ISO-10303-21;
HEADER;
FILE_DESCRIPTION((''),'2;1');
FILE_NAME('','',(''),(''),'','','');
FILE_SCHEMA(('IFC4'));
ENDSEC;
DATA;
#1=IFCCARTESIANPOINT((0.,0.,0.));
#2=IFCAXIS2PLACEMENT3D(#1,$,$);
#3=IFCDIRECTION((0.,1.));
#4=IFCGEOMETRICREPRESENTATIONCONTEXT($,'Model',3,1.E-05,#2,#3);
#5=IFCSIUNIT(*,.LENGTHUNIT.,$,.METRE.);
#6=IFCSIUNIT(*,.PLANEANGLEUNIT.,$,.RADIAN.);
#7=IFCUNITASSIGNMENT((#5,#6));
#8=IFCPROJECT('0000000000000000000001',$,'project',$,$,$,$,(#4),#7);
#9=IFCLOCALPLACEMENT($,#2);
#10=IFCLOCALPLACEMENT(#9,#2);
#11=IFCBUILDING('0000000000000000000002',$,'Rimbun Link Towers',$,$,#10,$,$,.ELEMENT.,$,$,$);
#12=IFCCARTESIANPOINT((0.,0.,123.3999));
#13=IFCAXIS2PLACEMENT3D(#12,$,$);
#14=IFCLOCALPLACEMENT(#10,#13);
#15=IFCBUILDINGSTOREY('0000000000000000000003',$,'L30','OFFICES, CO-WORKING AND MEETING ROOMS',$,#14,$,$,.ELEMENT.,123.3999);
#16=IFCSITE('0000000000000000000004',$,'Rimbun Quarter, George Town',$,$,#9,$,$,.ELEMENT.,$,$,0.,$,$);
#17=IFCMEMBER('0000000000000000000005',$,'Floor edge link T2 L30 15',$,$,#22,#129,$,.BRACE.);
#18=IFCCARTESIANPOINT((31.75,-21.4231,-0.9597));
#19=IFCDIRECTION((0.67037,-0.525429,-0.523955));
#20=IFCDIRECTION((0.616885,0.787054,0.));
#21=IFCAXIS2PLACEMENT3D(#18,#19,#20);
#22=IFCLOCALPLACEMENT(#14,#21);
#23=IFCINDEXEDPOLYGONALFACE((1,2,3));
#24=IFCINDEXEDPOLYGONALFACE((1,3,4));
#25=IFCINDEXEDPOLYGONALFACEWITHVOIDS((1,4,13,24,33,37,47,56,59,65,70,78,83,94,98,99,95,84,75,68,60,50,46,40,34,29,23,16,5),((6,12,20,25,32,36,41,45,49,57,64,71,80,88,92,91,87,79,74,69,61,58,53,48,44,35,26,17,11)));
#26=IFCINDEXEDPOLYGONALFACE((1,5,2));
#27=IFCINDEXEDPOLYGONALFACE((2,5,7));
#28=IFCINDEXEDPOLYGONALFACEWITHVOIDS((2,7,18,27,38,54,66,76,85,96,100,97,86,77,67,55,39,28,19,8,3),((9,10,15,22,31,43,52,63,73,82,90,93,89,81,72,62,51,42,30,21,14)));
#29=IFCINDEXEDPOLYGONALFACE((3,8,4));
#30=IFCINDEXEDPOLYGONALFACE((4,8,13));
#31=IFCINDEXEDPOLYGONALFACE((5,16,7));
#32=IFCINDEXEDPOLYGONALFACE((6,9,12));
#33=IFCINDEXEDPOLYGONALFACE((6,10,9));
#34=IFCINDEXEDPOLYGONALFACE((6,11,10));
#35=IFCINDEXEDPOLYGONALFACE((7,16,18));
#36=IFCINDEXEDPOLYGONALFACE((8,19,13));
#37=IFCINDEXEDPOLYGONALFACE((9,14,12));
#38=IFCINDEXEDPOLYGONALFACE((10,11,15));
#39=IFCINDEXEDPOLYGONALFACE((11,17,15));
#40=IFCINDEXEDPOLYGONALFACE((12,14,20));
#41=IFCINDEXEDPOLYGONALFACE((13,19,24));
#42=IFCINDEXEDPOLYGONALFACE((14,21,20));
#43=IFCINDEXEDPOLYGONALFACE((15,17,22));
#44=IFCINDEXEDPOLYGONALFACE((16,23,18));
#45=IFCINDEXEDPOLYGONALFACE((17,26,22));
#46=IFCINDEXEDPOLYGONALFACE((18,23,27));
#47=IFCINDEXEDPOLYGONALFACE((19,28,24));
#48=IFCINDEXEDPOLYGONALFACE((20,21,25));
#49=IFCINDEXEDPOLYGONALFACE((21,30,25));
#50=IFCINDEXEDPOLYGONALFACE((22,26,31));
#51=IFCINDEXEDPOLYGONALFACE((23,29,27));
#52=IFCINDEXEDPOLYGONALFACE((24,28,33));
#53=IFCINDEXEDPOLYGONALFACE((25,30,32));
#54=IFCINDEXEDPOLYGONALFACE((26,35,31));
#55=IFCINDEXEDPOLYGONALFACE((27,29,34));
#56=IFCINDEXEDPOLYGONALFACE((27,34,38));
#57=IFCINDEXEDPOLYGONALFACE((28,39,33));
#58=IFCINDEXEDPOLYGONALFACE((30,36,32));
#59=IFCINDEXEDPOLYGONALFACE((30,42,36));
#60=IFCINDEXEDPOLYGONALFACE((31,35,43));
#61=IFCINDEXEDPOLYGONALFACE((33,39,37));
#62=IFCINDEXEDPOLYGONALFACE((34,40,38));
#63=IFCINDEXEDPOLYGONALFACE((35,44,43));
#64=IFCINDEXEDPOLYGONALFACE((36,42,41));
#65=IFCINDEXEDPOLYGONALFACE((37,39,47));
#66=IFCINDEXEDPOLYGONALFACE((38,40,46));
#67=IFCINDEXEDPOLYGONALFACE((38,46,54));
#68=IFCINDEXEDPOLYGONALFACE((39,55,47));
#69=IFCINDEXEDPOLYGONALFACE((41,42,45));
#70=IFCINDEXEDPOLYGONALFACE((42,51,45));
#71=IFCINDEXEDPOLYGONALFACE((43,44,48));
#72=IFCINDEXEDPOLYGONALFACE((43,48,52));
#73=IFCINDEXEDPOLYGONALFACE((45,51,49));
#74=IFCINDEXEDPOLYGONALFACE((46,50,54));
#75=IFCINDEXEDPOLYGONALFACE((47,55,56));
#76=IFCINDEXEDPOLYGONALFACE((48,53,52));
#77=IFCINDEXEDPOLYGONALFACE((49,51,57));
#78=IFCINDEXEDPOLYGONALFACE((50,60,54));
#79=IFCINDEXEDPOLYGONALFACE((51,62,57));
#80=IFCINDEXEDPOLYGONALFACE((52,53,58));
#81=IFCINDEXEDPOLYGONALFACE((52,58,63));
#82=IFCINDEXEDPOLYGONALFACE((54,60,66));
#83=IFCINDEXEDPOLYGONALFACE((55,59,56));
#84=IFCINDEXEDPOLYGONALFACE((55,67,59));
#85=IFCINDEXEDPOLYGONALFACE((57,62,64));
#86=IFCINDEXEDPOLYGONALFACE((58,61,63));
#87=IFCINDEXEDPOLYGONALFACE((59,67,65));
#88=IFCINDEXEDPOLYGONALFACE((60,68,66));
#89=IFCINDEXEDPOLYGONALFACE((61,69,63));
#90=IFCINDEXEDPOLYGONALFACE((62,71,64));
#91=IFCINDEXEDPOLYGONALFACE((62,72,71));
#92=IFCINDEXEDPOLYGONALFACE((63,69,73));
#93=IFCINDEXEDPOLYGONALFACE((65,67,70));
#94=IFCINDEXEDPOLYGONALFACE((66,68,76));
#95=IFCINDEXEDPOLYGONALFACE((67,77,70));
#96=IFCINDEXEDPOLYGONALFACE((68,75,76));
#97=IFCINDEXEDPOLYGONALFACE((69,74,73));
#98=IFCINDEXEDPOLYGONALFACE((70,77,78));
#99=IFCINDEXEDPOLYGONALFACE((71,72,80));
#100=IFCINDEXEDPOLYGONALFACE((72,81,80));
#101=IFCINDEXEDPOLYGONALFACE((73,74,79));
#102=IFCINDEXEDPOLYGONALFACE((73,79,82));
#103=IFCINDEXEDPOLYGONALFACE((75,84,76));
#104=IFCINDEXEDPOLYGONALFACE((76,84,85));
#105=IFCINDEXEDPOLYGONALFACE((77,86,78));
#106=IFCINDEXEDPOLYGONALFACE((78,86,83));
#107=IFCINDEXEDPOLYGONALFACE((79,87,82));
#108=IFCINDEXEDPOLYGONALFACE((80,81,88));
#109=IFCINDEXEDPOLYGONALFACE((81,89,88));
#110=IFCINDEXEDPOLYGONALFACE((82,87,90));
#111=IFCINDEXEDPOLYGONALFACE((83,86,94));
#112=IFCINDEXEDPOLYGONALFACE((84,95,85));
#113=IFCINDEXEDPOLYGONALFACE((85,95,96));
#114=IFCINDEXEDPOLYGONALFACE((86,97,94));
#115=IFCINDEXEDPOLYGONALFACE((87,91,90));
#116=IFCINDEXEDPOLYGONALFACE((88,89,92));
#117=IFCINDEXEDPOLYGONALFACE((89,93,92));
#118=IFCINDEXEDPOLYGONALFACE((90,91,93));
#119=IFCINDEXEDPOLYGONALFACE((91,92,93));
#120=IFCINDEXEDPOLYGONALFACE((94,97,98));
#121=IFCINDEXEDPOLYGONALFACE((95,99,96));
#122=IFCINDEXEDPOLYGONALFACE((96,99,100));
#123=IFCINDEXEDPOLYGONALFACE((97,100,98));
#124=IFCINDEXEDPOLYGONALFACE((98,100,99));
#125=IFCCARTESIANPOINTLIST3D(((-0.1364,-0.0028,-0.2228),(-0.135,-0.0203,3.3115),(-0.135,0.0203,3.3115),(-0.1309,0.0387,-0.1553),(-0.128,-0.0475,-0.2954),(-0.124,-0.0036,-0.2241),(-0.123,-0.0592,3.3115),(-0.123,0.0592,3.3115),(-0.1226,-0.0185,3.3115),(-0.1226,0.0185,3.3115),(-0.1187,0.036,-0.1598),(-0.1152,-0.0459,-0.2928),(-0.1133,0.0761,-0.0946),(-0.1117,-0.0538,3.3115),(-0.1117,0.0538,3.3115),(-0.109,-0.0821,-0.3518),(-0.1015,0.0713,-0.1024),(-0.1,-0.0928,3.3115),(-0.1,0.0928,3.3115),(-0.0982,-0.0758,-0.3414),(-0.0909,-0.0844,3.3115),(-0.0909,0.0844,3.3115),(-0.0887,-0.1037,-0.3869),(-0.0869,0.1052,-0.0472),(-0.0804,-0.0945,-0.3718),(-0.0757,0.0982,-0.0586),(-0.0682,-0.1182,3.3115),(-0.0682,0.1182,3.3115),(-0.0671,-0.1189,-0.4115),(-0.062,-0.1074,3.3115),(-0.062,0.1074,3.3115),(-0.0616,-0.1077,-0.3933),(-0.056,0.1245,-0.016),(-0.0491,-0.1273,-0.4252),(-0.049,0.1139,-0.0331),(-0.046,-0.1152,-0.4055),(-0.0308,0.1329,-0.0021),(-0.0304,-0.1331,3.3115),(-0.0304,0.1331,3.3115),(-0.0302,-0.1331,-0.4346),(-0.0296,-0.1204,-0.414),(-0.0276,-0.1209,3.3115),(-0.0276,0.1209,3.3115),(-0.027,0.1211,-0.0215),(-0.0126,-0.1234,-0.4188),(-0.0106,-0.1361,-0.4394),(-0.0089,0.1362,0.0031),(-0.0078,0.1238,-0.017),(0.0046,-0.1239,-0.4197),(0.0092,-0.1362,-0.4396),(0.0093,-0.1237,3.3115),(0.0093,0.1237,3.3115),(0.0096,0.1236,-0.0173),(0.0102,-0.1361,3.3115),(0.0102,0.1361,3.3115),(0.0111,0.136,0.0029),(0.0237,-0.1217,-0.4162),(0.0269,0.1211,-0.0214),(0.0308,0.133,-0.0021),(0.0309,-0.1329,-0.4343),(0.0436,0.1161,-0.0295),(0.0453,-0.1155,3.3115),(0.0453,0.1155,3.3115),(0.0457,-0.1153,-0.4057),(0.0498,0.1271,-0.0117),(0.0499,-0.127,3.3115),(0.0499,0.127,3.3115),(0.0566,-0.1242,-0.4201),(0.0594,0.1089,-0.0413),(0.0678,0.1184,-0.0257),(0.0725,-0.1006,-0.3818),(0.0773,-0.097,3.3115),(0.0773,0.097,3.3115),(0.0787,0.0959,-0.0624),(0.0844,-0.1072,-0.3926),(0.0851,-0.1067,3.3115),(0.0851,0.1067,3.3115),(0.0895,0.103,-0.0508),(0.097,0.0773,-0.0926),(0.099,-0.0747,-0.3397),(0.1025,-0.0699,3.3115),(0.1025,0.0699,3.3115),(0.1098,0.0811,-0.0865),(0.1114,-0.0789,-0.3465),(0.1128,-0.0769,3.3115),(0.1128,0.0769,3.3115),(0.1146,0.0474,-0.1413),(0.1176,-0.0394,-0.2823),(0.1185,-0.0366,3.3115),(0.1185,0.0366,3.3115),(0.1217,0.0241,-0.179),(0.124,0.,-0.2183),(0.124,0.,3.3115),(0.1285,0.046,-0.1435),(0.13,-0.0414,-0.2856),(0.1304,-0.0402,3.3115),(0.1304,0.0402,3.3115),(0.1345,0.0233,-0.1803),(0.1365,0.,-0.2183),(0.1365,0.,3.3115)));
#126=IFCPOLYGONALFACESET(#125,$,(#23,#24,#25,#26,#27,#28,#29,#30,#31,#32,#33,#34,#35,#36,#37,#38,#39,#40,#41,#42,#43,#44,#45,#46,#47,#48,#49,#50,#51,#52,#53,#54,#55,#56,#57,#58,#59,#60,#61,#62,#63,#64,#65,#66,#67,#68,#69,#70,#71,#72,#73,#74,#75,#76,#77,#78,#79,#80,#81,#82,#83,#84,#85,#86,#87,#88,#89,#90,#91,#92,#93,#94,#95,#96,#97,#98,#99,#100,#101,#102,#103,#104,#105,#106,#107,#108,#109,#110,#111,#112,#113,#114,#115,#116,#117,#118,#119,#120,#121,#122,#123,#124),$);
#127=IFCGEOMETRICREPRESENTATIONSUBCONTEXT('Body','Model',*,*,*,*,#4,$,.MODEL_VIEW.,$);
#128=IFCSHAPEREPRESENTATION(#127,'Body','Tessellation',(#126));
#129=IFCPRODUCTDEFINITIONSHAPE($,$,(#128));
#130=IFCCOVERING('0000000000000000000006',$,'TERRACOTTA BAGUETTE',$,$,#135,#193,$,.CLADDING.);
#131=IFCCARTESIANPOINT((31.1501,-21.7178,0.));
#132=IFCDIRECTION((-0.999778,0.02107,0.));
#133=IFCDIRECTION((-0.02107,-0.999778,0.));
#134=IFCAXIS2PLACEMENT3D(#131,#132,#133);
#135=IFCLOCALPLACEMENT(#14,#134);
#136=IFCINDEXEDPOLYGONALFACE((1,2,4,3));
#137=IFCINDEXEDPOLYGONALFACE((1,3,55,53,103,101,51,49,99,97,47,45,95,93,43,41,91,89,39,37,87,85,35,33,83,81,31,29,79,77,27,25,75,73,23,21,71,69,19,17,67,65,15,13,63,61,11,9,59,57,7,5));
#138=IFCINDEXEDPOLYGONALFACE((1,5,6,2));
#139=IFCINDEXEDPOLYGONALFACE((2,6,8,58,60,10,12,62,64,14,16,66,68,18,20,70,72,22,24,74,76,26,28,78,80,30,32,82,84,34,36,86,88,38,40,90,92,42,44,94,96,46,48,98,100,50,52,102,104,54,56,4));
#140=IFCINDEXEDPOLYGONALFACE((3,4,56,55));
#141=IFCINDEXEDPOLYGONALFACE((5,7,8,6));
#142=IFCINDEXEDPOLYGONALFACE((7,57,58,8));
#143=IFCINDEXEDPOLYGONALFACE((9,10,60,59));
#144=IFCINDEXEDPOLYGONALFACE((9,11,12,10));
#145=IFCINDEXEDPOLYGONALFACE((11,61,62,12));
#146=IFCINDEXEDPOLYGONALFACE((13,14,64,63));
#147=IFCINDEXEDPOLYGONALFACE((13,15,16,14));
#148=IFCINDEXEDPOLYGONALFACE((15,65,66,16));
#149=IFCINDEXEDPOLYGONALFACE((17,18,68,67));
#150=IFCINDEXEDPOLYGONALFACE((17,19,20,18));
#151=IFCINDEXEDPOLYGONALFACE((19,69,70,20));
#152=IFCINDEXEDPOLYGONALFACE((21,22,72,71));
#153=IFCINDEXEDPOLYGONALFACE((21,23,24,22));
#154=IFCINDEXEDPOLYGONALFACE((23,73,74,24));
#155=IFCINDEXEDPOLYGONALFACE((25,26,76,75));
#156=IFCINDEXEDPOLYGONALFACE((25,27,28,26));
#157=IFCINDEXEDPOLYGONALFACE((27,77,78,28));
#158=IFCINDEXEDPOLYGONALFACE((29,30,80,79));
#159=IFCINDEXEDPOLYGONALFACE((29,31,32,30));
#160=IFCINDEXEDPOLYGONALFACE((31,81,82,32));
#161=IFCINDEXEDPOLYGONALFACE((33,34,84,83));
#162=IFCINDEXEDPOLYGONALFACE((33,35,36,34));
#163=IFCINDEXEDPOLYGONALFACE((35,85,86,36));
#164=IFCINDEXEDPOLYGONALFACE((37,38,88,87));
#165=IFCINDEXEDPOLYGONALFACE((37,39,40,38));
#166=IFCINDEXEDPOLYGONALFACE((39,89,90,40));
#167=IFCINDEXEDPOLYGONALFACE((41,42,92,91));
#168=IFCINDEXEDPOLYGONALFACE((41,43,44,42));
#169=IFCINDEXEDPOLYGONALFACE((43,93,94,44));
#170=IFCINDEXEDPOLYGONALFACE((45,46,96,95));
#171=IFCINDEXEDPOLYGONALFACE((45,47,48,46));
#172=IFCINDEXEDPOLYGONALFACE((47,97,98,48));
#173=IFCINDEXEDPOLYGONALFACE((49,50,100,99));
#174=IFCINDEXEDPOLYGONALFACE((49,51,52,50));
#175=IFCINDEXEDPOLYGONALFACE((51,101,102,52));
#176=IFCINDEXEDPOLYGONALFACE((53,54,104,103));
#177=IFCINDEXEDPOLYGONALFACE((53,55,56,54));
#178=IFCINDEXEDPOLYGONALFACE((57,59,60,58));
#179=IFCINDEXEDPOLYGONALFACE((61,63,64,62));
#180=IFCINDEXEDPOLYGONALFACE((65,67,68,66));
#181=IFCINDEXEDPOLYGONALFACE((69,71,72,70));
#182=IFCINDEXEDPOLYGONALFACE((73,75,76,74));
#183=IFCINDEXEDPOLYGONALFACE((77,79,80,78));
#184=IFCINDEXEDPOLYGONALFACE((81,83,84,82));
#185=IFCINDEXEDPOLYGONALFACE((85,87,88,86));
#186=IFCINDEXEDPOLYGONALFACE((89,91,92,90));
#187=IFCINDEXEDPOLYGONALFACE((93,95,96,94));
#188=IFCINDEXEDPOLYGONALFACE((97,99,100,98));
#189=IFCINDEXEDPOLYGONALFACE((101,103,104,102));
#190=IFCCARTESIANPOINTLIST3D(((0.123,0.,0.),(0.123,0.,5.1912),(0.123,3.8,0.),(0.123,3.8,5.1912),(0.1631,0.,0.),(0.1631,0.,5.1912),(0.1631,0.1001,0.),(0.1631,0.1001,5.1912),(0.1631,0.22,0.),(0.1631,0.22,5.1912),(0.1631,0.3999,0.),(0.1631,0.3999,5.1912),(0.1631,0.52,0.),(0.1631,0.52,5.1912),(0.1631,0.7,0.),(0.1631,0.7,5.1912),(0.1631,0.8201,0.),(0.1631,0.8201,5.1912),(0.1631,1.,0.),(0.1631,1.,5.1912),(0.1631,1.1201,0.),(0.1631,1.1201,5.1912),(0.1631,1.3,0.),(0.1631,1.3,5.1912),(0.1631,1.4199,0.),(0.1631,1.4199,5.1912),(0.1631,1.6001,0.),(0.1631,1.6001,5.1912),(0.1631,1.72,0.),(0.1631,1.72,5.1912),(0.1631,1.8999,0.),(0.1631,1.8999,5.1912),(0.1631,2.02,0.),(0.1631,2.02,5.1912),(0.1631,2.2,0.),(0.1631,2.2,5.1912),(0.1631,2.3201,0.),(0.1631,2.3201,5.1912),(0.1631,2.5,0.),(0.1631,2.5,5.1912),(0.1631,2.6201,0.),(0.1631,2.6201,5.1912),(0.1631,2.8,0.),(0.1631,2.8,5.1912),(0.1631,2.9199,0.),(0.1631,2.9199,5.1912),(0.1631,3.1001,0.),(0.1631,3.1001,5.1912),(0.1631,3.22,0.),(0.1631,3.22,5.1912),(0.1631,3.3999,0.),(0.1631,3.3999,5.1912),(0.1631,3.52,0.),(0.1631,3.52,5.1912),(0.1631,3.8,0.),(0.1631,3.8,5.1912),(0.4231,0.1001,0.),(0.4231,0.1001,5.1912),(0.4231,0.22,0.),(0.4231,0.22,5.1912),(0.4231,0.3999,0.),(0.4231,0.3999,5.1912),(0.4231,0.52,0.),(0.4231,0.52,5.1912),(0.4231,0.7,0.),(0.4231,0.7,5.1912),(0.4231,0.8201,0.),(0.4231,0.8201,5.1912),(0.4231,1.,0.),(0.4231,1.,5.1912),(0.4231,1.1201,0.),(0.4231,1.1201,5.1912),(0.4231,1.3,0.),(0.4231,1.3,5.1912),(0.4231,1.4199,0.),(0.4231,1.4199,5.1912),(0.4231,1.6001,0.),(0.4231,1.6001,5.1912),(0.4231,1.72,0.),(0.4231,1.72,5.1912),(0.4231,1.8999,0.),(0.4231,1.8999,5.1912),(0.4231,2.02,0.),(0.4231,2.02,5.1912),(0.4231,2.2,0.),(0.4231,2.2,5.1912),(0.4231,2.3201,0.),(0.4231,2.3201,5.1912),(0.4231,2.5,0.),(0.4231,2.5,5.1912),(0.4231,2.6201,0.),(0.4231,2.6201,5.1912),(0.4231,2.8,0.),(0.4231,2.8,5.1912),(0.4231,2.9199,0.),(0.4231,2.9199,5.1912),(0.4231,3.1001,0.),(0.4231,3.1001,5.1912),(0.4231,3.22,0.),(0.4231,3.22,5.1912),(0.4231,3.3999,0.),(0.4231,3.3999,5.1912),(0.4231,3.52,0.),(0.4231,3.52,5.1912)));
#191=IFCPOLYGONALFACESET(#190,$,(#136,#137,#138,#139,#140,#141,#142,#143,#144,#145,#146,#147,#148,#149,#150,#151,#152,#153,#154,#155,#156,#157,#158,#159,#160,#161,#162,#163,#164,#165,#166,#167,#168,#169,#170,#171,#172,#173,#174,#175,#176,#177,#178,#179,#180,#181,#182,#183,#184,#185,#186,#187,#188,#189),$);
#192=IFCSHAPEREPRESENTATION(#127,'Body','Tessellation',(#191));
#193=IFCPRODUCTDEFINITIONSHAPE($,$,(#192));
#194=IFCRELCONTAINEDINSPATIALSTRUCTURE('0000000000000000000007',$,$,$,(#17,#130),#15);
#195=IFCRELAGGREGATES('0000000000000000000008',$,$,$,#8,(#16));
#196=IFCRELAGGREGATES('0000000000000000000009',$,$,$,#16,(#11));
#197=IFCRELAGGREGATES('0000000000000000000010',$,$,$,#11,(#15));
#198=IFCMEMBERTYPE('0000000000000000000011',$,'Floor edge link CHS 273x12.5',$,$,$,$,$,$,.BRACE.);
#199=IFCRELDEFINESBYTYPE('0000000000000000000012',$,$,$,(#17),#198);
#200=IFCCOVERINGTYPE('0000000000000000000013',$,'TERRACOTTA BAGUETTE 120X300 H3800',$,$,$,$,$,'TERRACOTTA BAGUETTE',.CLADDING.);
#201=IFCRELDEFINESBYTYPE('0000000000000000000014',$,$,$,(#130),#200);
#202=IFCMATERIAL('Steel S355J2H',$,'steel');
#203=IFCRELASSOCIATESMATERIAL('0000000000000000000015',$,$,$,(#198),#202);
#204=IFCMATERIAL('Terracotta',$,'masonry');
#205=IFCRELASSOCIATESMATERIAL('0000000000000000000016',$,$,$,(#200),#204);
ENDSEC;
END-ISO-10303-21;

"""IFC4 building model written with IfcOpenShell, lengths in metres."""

from ifc_helpers import new_model, si_unit, direction, frame, origin, origin_2d, place, context, subcontext, project, spatial, polyline, hollow_circle, outline, extrude, clip, halfspace, material, material_profile, profile_set, type_object, element, save


model = new_model("IFC4")

# Units and contexts
model_context = context("Model", 3, precision=1e-05, world=origin(), true_north=direction((0.0, 1.0)))
body_context = subcontext(model_context, "Body", "Model", "MODEL_VIEW")
ifc_project = project(units=[si_unit("LENGTHUNIT", "METRE"), si_unit("PLANEANGLEUNIT", "RADIAN")], contexts=[model_context])

# Site, building, storey
site_placement = place(None, origin())
site = spatial("IfcSite", under=ifc_project, at=site_placement, Name="Rimbun Quarter, George Town", CompositionType="ELEMENT", RefElevation=0.0)
building_placement = place(site_placement, origin())
building = spatial("IfcBuilding", under=site, at=building_placement, Name="Rimbun Link Towers", CompositionType="ELEMENT")
storey_placement = place(building_placement, frame((0.0, 0.0, 123.3999)))
storey = spatial("IfcBuildingStorey", under=building, at=storey_placement, Name="L30", Description="OFFICES, CO-WORKING AND MEETING ROOMS", CompositionType="ELEMENT", Elevation=123.3999)

# Member
ifc_material_1 = material(Name="Steel S355J2H", Category="steel")
ifc_material_profile_1 = material_profile(ifc_material_1, hollow_circle(Radius=0.1365, WallThickness=0.0125, at=origin_2d()), Name="CHS 273x12.5")
ifc_profile_set_1 = profile_set([ifc_material_profile_1], Name="Steel S355J2H")
member_type_1 = type_object("IfcMemberType", Name="Floor edge link CHS 273x12.5", PredefinedType="BRACE", material=ifc_profile_set_1)
member_1_placement = place(storey_placement, frame((31.75, -21.4231, -0.9597), z_axis=(0.67037, -0.525429, -0.523955), x_axis=(0.616885, 0.787054, 0.0)))
element("IfcMember", 1, at=member_1_placement, inside=storey, type_object=member_type_1, Name="Floor edge link T2 L30 15", PredefinedType="BRACE", context=body_context, shape_type="Clipping", body=[
    clip(extrude(hollow_circle(Radius=0.1365, WallThickness=0.0125, at=origin_2d()), frame((0.0, 0.0, -0.4629)), (0.0, 0.0, 1.0), 3.7744), halfspace(frame((0.0, 0.0, -0.2183), z_axis=(0.0, 0.851746, -0.523955)), False)),
])

# Covering
ifc_material_2 = material(Name="Terracotta", Category="masonry")
ifc_material_profile_2 = material_profile(ifc_material_2, outline(polyline([(0.123, 0.0), (0.1631, 0.0), (0.1631, 0.1001), (0.4231, 0.1001), (0.4231, 0.22), (0.1631, 0.22), (0.1631, 0.3999), (0.4231, 0.3999), (0.4231, 0.52), (0.1631, 0.52), (0.1631, 0.7), (0.4231, 0.7), (0.4231, 0.8201), (0.1631, 0.8201), (0.1631, 1.0), (0.4231, 1.0), (0.4231, 1.1201), (0.1631, 1.1201), (0.1631, 1.3), (0.4231, 1.3), (0.4231, 1.4199), (0.1631, 1.4199), (0.1631, 1.6001), (0.4231, 1.6001), (0.4231, 1.72), (0.1631, 1.72), (0.1631, 1.8999), (0.4231, 1.8999), (0.4231, 2.02), (0.1631, 2.02), (0.1631, 2.2), (0.4231, 2.2), (0.4231, 2.3201), (0.1631, 2.3201), (0.1631, 2.5), (0.4231, 2.5), (0.4231, 2.6201), (0.1631, 2.6201), (0.1631, 2.8), (0.4231, 2.8), (0.4231, 2.9199), (0.1631, 2.9199), (0.1631, 3.1001), (0.4231, 3.1001), (0.4231, 3.22), (0.1631, 3.22), (0.1631, 3.3999), (0.4231, 3.3999), (0.4231, 3.52), (0.1631, 3.52), (0.1631, 3.8), (0.123, 3.8), (0.123, 0.0)])), Name="BAGUETTE 120X300")
ifc_profile_set_2 = profile_set([ifc_material_profile_2], Name="Terracotta")
covering_type = type_object("IfcCoveringType", Name="TERRACOTTA BAGUETTE 120X300 H3800", ElementType="TERRACOTTA BAGUETTE", PredefinedType="CLADDING", material=ifc_profile_set_2)
covering_1_placement = place(storey_placement, frame((31.1501, -21.7178, 0.0), z_axis=(-0.999778, 0.02107, 0.0), x_axis=(-0.02107, -0.999778, 0.0)))
element("IfcCovering", 2, at=covering_1_placement, inside=storey, type_object=covering_type, Name="TERRACOTTA BAGUETTE", PredefinedType="CLADDING", context=body_context, shape_type="SweptSolid", body=[
    extrude(outline(polyline([(0.123, 0.0), (0.1631, 0.0), (0.1631, 0.1001), (0.4231, 0.1001), (0.4231, 0.22), (0.1631, 0.22), (0.1631, 0.3999), (0.4231, 0.3999), (0.4231, 0.52), (0.1631, 0.52), (0.1631, 0.7), (0.4231, 0.7), (0.4231, 0.8201), (0.1631, 0.8201), (0.1631, 1.0), (0.4231, 1.0), (0.4231, 1.1201), (0.1631, 1.1201), (0.1631, 1.3), (0.4231, 1.3), (0.4231, 1.4199), (0.1631, 1.4199), (0.1631, 1.6001), (0.4231, 1.6001), (0.4231, 1.72), (0.1631, 1.72), (0.1631, 1.8999), (0.4231, 1.8999), (0.4231, 2.02), (0.1631, 2.02), (0.1631, 2.2), (0.4231, 2.2), (0.4231, 2.3201), (0.1631, 2.3201), (0.1631, 2.5), (0.4231, 2.5), (0.4231, 2.6201), (0.1631, 2.6201), (0.1631, 2.8), (0.4231, 2.8), (0.4231, 2.9199), (0.1631, 2.9199), (0.1631, 3.1001), (0.4231, 3.1001), (0.4231, 3.22), (0.1631, 3.22), (0.1631, 3.3999), (0.4231, 3.3999), (0.4231, 3.52), (0.1631, 3.52), (0.1631, 3.8), (0.123, 3.8), (0.123, 0.0)])), origin(), (0.0, 0.0, 1.0), 5.1912),
])

save(model, "model.ifc")
